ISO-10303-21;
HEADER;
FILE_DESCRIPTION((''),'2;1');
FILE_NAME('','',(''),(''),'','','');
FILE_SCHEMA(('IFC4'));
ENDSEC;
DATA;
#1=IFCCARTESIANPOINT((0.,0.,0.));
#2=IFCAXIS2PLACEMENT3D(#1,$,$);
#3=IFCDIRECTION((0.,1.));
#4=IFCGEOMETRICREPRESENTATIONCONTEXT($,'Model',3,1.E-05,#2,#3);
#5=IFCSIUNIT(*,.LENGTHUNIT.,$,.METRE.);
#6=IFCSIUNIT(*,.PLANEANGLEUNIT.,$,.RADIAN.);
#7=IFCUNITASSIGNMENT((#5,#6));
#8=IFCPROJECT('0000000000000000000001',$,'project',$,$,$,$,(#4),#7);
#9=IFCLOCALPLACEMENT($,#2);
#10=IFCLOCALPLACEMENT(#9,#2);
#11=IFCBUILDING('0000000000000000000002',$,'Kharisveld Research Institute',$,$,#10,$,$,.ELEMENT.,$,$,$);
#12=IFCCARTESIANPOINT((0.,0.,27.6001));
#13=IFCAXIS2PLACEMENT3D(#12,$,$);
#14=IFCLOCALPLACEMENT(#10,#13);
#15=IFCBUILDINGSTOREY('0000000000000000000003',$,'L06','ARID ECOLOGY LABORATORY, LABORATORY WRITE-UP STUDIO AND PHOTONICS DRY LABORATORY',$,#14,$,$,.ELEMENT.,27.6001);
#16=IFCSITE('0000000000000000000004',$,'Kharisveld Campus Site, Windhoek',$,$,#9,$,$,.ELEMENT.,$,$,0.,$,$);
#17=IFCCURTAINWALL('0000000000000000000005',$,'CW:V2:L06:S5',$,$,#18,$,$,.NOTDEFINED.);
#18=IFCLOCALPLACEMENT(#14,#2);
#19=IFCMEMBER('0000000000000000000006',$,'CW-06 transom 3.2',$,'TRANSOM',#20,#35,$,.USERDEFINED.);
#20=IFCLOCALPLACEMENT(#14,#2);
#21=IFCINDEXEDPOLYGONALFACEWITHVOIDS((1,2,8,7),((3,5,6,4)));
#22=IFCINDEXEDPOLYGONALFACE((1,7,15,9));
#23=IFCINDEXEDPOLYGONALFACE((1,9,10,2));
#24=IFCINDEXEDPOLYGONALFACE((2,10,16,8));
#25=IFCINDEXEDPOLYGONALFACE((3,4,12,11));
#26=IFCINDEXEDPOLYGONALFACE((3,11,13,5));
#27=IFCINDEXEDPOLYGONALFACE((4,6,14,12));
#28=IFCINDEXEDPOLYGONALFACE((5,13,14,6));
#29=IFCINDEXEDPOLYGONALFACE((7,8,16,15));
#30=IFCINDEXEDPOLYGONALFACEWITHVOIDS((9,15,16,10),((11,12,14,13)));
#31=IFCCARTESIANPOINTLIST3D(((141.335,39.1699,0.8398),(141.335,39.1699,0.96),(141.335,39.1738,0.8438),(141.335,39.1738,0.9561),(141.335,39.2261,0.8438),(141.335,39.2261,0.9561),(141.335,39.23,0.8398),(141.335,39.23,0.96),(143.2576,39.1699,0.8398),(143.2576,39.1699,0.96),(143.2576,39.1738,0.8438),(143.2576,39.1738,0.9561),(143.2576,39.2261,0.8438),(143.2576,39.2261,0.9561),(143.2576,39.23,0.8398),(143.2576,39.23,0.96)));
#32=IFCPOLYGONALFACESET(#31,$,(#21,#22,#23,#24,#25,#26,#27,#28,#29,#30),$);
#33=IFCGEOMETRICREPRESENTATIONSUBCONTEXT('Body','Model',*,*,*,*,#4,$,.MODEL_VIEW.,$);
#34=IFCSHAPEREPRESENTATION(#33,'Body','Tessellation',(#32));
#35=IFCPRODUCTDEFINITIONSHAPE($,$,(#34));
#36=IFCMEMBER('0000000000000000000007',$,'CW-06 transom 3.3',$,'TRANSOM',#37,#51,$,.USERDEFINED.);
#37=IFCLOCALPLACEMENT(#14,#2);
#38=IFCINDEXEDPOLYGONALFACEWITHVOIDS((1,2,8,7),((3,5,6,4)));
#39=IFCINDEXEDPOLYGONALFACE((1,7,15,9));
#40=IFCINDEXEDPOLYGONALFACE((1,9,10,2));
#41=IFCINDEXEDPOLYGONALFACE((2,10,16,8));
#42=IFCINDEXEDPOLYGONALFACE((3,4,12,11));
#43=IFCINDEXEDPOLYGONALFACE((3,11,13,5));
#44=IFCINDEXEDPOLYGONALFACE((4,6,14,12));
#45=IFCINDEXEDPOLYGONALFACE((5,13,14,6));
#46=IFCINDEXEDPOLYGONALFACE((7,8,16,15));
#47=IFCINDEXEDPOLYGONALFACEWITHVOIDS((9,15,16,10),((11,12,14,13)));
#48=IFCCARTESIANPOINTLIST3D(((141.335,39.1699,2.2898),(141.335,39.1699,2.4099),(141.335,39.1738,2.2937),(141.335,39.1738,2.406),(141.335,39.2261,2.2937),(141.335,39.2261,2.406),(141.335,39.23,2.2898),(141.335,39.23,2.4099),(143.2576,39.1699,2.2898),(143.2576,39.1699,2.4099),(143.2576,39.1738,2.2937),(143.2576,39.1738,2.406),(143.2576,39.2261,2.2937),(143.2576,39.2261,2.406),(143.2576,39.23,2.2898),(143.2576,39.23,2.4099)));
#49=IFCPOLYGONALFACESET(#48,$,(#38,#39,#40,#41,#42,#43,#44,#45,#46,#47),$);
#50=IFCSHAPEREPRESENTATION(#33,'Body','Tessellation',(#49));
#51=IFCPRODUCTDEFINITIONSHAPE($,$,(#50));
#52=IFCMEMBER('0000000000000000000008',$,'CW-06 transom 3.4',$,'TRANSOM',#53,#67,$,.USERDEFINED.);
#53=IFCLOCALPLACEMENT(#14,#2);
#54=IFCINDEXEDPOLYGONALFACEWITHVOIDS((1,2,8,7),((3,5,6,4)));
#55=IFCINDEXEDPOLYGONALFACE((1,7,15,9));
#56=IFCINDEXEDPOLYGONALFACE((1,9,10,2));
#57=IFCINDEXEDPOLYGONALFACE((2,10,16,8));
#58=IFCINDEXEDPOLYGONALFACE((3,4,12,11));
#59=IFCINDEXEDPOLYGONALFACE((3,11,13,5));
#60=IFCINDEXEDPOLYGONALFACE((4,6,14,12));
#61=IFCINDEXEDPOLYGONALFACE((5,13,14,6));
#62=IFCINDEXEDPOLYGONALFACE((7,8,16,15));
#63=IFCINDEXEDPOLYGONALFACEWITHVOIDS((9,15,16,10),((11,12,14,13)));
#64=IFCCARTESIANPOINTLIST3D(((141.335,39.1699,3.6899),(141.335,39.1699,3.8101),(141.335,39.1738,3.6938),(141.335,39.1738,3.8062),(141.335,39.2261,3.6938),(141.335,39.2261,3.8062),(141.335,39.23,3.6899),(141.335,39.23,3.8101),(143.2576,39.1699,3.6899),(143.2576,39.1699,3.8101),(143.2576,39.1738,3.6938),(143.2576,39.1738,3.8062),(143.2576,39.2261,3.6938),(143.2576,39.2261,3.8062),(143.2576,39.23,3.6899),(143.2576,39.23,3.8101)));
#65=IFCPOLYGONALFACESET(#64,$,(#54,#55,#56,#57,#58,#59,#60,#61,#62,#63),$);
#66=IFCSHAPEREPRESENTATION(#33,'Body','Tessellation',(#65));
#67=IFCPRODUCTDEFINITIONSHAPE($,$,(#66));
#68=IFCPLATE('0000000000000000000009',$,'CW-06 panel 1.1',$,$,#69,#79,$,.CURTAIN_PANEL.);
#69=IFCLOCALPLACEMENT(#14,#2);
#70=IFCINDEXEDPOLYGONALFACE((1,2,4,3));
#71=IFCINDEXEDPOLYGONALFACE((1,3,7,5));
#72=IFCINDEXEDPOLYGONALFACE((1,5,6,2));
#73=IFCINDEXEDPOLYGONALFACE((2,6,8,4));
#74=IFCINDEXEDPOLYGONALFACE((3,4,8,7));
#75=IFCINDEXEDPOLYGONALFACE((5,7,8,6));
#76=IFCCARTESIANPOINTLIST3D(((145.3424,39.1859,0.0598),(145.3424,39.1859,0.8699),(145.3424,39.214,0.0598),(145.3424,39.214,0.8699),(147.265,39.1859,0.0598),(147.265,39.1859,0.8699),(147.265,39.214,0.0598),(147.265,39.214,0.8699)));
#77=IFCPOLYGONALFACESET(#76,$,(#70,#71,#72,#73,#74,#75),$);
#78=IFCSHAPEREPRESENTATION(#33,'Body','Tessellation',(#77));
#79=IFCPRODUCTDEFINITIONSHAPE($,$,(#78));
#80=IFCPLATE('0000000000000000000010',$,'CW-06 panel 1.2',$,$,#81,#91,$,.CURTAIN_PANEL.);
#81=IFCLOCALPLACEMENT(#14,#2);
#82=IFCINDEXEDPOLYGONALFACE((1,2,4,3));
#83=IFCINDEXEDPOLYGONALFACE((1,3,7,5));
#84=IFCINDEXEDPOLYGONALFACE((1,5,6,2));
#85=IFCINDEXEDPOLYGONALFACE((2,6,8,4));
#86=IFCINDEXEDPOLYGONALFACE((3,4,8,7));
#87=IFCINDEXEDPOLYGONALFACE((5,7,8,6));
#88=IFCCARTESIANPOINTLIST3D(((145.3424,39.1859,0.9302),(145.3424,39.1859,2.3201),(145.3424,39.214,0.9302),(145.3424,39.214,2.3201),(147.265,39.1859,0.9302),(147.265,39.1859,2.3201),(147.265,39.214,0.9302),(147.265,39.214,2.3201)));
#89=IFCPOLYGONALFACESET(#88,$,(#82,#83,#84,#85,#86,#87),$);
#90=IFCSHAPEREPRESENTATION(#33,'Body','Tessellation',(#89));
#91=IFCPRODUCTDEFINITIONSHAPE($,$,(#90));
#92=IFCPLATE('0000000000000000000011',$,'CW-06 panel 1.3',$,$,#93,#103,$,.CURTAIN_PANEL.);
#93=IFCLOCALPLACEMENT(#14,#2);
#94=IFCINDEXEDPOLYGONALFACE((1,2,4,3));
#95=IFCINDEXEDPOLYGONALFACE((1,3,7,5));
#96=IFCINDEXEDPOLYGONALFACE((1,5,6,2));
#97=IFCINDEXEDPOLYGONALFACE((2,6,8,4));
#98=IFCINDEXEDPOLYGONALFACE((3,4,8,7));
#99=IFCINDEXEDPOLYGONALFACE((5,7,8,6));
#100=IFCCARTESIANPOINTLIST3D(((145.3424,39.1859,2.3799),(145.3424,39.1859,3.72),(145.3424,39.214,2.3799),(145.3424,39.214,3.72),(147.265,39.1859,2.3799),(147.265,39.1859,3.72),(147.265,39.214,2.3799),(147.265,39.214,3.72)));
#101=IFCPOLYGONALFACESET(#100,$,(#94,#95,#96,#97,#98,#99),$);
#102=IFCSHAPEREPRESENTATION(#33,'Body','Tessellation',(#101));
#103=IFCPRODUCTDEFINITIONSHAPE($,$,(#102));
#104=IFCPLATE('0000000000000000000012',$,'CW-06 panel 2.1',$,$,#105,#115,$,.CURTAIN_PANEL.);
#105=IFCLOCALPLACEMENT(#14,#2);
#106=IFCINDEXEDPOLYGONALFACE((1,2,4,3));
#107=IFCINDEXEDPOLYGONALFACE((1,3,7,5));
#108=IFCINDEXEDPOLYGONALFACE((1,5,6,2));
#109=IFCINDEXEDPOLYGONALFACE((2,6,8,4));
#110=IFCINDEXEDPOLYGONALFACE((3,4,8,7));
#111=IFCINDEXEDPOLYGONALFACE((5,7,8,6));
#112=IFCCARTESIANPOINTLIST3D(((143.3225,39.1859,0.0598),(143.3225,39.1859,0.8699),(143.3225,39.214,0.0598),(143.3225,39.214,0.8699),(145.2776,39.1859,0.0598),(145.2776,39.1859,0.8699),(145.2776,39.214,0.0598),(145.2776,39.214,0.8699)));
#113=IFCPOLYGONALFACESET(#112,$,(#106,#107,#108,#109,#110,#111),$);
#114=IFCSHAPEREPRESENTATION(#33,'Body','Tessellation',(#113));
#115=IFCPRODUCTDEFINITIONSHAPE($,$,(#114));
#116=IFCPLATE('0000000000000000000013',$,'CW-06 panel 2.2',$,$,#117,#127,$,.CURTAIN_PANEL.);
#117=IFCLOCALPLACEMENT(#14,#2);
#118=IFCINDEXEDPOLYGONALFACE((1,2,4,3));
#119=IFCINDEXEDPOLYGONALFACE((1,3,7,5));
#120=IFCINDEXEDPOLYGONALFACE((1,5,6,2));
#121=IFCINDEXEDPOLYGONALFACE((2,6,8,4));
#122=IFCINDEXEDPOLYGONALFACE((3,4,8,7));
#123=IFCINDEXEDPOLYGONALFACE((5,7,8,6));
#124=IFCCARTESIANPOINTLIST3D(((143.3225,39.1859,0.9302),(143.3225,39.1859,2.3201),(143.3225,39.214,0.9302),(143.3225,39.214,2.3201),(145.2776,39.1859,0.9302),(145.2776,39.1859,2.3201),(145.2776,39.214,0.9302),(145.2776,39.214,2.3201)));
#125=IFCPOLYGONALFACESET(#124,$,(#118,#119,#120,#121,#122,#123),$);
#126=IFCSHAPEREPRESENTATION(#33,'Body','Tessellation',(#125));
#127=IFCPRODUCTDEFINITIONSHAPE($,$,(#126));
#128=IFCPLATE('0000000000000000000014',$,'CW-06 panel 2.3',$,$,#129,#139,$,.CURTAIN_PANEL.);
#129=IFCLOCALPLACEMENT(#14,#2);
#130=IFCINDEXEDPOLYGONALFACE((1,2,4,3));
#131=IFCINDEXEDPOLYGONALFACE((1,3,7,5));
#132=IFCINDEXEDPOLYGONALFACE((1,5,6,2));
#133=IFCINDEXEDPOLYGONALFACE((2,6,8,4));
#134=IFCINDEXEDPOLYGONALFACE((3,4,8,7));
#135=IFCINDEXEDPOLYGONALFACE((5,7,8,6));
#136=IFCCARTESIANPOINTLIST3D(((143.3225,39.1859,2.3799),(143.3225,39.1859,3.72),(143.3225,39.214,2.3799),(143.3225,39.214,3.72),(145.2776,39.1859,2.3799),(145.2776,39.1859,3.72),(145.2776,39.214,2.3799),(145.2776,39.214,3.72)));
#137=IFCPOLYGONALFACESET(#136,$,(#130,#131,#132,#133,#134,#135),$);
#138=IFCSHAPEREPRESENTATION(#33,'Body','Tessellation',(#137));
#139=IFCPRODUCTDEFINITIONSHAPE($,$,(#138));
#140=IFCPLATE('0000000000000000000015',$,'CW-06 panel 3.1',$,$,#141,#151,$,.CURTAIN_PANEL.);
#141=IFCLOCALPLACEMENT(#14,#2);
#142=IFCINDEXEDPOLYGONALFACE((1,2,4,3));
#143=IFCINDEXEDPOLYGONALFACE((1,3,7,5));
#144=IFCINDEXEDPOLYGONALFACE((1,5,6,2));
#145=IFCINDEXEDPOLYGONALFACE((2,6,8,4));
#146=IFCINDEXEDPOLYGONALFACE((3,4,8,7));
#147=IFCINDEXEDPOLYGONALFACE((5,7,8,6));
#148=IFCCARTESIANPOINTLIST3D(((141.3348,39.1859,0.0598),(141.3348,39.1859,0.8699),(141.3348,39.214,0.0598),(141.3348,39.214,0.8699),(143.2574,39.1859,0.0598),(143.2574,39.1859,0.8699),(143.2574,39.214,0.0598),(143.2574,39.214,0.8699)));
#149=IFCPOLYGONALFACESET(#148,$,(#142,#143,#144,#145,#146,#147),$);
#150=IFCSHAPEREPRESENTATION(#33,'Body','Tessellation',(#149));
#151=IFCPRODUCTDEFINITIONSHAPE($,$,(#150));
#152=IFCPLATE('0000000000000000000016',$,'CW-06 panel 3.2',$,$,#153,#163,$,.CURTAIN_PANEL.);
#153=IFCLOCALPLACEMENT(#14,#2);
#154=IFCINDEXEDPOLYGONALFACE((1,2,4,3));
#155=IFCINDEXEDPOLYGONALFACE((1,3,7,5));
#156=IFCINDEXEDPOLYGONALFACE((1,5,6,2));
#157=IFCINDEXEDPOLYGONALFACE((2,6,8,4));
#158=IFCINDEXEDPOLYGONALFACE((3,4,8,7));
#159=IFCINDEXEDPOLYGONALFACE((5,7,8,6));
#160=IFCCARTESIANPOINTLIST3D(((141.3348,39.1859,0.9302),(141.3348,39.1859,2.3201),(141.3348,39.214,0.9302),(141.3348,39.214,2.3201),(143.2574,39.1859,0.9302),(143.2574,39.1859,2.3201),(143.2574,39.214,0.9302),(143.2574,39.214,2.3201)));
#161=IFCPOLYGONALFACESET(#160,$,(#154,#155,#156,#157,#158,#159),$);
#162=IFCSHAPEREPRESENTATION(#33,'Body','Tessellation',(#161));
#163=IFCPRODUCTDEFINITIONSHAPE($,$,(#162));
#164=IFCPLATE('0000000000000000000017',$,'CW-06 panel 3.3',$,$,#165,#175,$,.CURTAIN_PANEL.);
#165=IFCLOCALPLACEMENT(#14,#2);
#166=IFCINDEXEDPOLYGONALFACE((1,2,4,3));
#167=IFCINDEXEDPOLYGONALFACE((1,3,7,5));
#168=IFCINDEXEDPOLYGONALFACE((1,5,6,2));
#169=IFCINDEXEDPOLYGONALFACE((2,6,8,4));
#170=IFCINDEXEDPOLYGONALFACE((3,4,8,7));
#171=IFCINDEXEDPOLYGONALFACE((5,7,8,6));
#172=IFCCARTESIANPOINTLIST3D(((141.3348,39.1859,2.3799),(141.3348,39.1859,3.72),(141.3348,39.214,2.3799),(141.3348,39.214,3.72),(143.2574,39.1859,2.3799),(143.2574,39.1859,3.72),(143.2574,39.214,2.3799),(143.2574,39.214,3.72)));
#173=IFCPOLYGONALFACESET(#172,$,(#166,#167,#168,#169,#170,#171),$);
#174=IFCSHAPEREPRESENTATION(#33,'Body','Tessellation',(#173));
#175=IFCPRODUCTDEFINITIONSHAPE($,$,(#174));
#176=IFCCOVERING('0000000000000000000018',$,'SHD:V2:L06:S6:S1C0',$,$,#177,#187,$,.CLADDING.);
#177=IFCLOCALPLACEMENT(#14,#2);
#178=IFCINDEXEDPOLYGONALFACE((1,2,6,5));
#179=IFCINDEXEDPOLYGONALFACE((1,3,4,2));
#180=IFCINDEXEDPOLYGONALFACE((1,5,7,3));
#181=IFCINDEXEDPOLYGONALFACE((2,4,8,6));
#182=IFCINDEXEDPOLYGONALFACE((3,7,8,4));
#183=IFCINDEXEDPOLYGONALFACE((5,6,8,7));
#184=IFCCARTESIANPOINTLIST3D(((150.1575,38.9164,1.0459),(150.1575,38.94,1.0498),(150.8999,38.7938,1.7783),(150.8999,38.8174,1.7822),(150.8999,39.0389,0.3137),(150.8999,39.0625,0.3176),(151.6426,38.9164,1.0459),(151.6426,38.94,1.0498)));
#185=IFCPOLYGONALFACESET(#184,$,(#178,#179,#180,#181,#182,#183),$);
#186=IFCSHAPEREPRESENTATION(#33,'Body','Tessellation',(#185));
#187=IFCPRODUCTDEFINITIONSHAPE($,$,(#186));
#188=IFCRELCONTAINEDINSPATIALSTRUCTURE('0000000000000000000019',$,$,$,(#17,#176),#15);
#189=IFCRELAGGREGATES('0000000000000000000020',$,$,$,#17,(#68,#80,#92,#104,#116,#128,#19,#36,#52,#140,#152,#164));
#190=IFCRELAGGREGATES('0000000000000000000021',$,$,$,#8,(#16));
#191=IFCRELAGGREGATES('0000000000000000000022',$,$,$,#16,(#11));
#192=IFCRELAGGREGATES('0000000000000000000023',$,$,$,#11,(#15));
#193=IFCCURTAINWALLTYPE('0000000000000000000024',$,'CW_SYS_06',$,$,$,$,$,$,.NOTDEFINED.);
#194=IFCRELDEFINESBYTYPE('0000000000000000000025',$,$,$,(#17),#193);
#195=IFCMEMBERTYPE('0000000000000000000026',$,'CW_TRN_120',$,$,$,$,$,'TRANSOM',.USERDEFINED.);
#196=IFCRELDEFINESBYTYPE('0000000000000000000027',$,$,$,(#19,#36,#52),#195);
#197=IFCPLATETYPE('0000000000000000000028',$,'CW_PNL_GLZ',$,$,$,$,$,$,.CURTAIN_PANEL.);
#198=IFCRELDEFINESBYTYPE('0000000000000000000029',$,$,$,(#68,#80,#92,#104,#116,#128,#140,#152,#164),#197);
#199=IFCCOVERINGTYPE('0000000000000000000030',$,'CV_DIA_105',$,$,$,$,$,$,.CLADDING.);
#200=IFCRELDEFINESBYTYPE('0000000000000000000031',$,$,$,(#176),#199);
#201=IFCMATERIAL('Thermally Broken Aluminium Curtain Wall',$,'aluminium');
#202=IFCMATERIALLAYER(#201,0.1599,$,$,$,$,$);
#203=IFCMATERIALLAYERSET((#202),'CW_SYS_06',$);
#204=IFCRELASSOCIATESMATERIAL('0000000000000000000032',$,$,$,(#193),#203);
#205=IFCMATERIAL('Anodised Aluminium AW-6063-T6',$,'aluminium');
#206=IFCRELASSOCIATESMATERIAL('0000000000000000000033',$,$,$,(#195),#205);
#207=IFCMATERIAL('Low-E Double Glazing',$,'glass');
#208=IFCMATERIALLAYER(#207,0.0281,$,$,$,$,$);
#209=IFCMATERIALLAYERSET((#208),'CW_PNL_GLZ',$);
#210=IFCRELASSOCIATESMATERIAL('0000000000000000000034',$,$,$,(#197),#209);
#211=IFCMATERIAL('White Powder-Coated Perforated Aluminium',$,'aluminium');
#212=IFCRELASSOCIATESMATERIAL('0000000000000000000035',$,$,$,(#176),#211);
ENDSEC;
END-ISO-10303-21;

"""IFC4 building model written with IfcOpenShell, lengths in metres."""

from ifc_helpers import new_model, si_unit, direction, frame, origin, origin_2d, place, context, subcontext, project, spatial, polyline, rectangle, hollow_rectangle, outline, extrude, material, layer, layer_set, material_profile, profile_set, type_object, element, aggregate, save


model = new_model("IFC4")

# Units and contexts
model_context = context("Model", 3, precision=1e-05, world=origin(), true_north=direction((0.0, 1.0)))
body_context = subcontext(model_context, "Body", "Model", "MODEL_VIEW")
ifc_project = project(units=[si_unit("LENGTHUNIT", "METRE"), si_unit("PLANEANGLEUNIT", "RADIAN")], contexts=[model_context])

# Site, building, storey
site_placement = place(None, origin())
site = spatial("IfcSite", under=ifc_project, at=site_placement, Name="Kharisveld Campus Site, Windhoek", CompositionType="ELEMENT", RefElevation=0.0)
building_placement = place(site_placement, origin())
building = spatial("IfcBuilding", under=site, at=building_placement, Name="Kharisveld Research Institute", CompositionType="ELEMENT")
storey_placement = place(building_placement, frame((0.0, 0.0, 27.6001)))
storey = spatial("IfcBuildingStorey", under=building, at=storey_placement, Name="L06", Description="ARID ECOLOGY LABORATORY, LABORATORY WRITE-UP STUDIO AND PHOTONICS DRY LABORATORY", CompositionType="ELEMENT", Elevation=27.6001)

# Curtain wall, members, plates
ifc_material_1 = material(Name="Thermally Broken Aluminium Curtain Wall", Category="aluminium")
ifc_layer_1 = layer(ifc_material_1, 0.1599)
ifc_layer_set_1 = layer_set([ifc_layer_1], Name="CW_SYS_06")
curtain_wall_type = type_object("IfcCurtainWallType", Name="CW_SYS_06", PredefinedType="NOTDEFINED", material=ifc_layer_set_1)
curtain_wall_placement = place(storey_placement, origin())
curtain_wall = element("IfcCurtainWall", 1, at=curtain_wall_placement, inside=storey, type_object=curtain_wall_type, Name="CW:V2:L06:S5", PredefinedType="NOTDEFINED")
ifc_material_2 = material(Name="Anodised Aluminium AW-6063-T6", Category="aluminium")
ifc_material_profile_1 = material_profile(ifc_material_2, hollow_rectangle(XDim=0.0601, YDim=0.1201, WallThickness=0.0039, at=origin_2d()))
ifc_profile_set_1 = profile_set([ifc_material_profile_1], Name="Anodised Aluminium AW-6063-T6")
member_type_1 = type_object("IfcMemberType", Name="CW_TRN_120", ElementType="TRANSOM", PredefinedType="USERDEFINED", material=ifc_profile_set_1)
member_1_placement = place(storey_placement, frame((143.2576, 39.2, 0.8999), z_axis=(-1.0, 0.0, 0.0), x_axis=(0.0, -1.0, 0.0)))
member_1 = element("IfcMember", 2, at=member_1_placement, type_object=member_type_1, Name="CW-06 transom 3.2", ObjectType="TRANSOM", PredefinedType="USERDEFINED", context=body_context, shape_type="SweptSolid", body=[
    extrude(hollow_rectangle(XDim=0.0601, YDim=0.1201, WallThickness=0.0039, at=origin_2d()), origin(), (0.0, 0.0, 1.0), 1.9226),
])
member_2_placement = place(storey_placement, frame((143.2576, 39.2, 2.3499), z_axis=(-1.0, 0.0, 0.0), x_axis=(0.0, -1.0, 0.0)))
member_2 = element("IfcMember", 3, at=member_2_placement, type_object=member_type_1, Name="CW-06 transom 3.3", ObjectType="TRANSOM", PredefinedType="USERDEFINED", context=body_context, shape_type="SweptSolid", body=[
    extrude(hollow_rectangle(XDim=0.0601, YDim=0.1201, WallThickness=0.0039, at=origin_2d()), origin(), (0.0, 0.0, 1.0), 1.9226),
])
member_3_placement = place(storey_placement, frame((143.2576, 39.2, 3.75), z_axis=(-1.0, 0.0, 0.0), x_axis=(0.0, -1.0, 0.0)))
member_3 = element("IfcMember", 4, at=member_3_placement, type_object=member_type_1, Name="CW-06 transom 3.4", ObjectType="TRANSOM", PredefinedType="USERDEFINED", context=body_context, shape_type="SweptSolid", body=[
    extrude(hollow_rectangle(XDim=0.0601, YDim=0.1201, WallThickness=0.0039, at=origin_2d()), origin(), (0.0, 0.0, 1.0), 1.9226),
])
ifc_material_3 = material(Name="Low-E Double Glazing", Category="glass")
ifc_layer_2 = layer(ifc_material_3, 0.0281)
ifc_layer_set_2 = layer_set([ifc_layer_2], Name="CW_PNL_GLZ")
plate_type = type_object("IfcPlateType", Name="CW_PNL_GLZ", PredefinedType="CURTAIN_PANEL", material=ifc_layer_set_2)
plate_1_placement = place(storey_placement, frame((146.3037, 39.2, 0.0598), z_axis=(0.0, 0.0, 1.0), x_axis=(-1.0, 0.0, 0.0)))
plate_1 = element("IfcPlate", 5, at=plate_1_placement, type_object=plate_type, Name="CW-06 panel 1.1", PredefinedType="CURTAIN_PANEL", context=body_context, shape_type="SweptSolid", body=[
    extrude(rectangle(XDim=1.9226, YDim=0.0281, at=origin_2d()), origin(), (0.0, 0.0, 1.0), 0.8101),
])
plate_2_placement = place(storey_placement, frame((146.3037, 39.2, 0.9302), z_axis=(0.0, 0.0, 1.0), x_axis=(-1.0, 0.0, 0.0)))
plate_2 = element("IfcPlate", 6, at=plate_2_placement, type_object=plate_type, Name="CW-06 panel 1.2", PredefinedType="CURTAIN_PANEL", context=body_context, shape_type="SweptSolid", body=[
    extrude(rectangle(XDim=1.9226, YDim=0.0281, at=origin_2d()), origin(), (0.0, 0.0, 1.0), 1.3899),
])
plate_3_placement = place(storey_placement, frame((146.3037, 39.2, 2.3799), z_axis=(0.0, 0.0, 1.0), x_axis=(-1.0, 0.0, 0.0)))
plate_3 = element("IfcPlate", 7, at=plate_3_placement, type_object=plate_type, Name="CW-06 panel 1.3", PredefinedType="CURTAIN_PANEL", context=body_context, shape_type="SweptSolid", body=[
    extrude(rectangle(XDim=1.9226, YDim=0.0281, at=origin_2d()), origin(), (0.0, 0.0, 1.0), 1.3401),
])
plate_4_placement = place(storey_placement, frame((144.3, 39.2, 0.0598), z_axis=(0.0, 0.0, 1.0), x_axis=(-1.0, 0.0, 0.0)))
plate_4 = element("IfcPlate", 8, at=plate_4_placement, type_object=plate_type, Name="CW-06 panel 2.1", PredefinedType="CURTAIN_PANEL", context=body_context, shape_type="SweptSolid", body=[
    extrude(rectangle(XDim=1.9551, YDim=0.0281, at=origin_2d()), origin(), (0.0, 0.0, 1.0), 0.8101),
])
plate_5_placement = place(storey_placement, frame((144.3, 39.2, 0.9302), z_axis=(0.0, 0.0, 1.0), x_axis=(-1.0, 0.0, 0.0)))
plate_5 = element("IfcPlate", 9, at=plate_5_placement, type_object=plate_type, Name="CW-06 panel 2.2", PredefinedType="CURTAIN_PANEL", context=body_context, shape_type="SweptSolid", body=[
    extrude(rectangle(XDim=1.9551, YDim=0.0281, at=origin_2d()), origin(), (0.0, 0.0, 1.0), 1.3899),
])
plate_6_placement = place(storey_placement, frame((144.3, 39.2, 2.3799), z_axis=(0.0, 0.0, 1.0), x_axis=(-1.0, 0.0, 0.0)))
plate_6 = element("IfcPlate", 10, at=plate_6_placement, type_object=plate_type, Name="CW-06 panel 2.3", PredefinedType="CURTAIN_PANEL", context=body_context, shape_type="SweptSolid", body=[
    extrude(rectangle(XDim=1.9551, YDim=0.0281, at=origin_2d()), origin(), (0.0, 0.0, 1.0), 1.3401),
])
plate_7_placement = place(storey_placement, frame((142.2961, 39.2, 0.0598), z_axis=(0.0, 0.0, 1.0), x_axis=(-1.0, 0.0, 0.0)))
plate_7 = element("IfcPlate", 11, at=plate_7_placement, type_object=plate_type, Name="CW-06 panel 3.1", PredefinedType="CURTAIN_PANEL", context=body_context, shape_type="SweptSolid", body=[
    extrude(rectangle(XDim=1.9226, YDim=0.0281, at=origin_2d()), origin(), (0.0, 0.0, 1.0), 0.8101),
])
plate_8_placement = place(storey_placement, frame((142.2961, 39.2, 0.9302), z_axis=(0.0, 0.0, 1.0), x_axis=(-1.0, 0.0, 0.0)))
plate_8 = element("IfcPlate", 12, at=plate_8_placement, type_object=plate_type, Name="CW-06 panel 3.2", PredefinedType="CURTAIN_PANEL", context=body_context, shape_type="SweptSolid", body=[
    extrude(rectangle(XDim=1.9226, YDim=0.0281, at=origin_2d()), origin(), (0.0, 0.0, 1.0), 1.3899),
])
plate_9_placement = place(storey_placement, frame((142.2961, 39.2, 2.3799), z_axis=(0.0, 0.0, 1.0), x_axis=(-1.0, 0.0, 0.0)))
plate_9 = element("IfcPlate", 13, at=plate_9_placement, type_object=plate_type, Name="CW-06 panel 3.3", PredefinedType="CURTAIN_PANEL", context=body_context, shape_type="SweptSolid", body=[
    extrude(rectangle(XDim=1.9226, YDim=0.0281, at=origin_2d()), origin(), (0.0, 0.0, 1.0), 1.3401),
])
aggregate(curtain_wall, [plate_1, plate_2, plate_3, plate_4, plate_5, plate_6, member_1, member_2, member_3, plate_7, plate_8, plate_9])

# Covering
ifc_material_4 = material(Name="White Powder-Coated Perforated Aluminium", Category="aluminium")
covering_type = type_object("IfcCoveringType", Name="CV_DIA_105", PredefinedType="CLADDING")
covering_1_placement = place(storey_placement, frame((150.8999, 39.0625, 0.3176), z_axis=(0.0, 0.986283, 0.165065), x_axis=(-0.707139, -0.116714, 0.697376)))
element("IfcCovering", 14, at=covering_1_placement, inside=storey, type_object=covering_type, material=ifc_material_4, Name="SHD:V2:L06:S6:S1C0", PredefinedType="CLADDING", context=body_context, shape_type="SweptSolid", body=[
    extrude(outline(polyline([(0.0, 0.0), (1.0499, 0.0), (1.05, 1.0501), (-0.0003, 1.0501), (0.0, 0.0)])), origin(), (0.0, 0.0, -1.0), 0.0239),
])

save(model, "model.ifc")
